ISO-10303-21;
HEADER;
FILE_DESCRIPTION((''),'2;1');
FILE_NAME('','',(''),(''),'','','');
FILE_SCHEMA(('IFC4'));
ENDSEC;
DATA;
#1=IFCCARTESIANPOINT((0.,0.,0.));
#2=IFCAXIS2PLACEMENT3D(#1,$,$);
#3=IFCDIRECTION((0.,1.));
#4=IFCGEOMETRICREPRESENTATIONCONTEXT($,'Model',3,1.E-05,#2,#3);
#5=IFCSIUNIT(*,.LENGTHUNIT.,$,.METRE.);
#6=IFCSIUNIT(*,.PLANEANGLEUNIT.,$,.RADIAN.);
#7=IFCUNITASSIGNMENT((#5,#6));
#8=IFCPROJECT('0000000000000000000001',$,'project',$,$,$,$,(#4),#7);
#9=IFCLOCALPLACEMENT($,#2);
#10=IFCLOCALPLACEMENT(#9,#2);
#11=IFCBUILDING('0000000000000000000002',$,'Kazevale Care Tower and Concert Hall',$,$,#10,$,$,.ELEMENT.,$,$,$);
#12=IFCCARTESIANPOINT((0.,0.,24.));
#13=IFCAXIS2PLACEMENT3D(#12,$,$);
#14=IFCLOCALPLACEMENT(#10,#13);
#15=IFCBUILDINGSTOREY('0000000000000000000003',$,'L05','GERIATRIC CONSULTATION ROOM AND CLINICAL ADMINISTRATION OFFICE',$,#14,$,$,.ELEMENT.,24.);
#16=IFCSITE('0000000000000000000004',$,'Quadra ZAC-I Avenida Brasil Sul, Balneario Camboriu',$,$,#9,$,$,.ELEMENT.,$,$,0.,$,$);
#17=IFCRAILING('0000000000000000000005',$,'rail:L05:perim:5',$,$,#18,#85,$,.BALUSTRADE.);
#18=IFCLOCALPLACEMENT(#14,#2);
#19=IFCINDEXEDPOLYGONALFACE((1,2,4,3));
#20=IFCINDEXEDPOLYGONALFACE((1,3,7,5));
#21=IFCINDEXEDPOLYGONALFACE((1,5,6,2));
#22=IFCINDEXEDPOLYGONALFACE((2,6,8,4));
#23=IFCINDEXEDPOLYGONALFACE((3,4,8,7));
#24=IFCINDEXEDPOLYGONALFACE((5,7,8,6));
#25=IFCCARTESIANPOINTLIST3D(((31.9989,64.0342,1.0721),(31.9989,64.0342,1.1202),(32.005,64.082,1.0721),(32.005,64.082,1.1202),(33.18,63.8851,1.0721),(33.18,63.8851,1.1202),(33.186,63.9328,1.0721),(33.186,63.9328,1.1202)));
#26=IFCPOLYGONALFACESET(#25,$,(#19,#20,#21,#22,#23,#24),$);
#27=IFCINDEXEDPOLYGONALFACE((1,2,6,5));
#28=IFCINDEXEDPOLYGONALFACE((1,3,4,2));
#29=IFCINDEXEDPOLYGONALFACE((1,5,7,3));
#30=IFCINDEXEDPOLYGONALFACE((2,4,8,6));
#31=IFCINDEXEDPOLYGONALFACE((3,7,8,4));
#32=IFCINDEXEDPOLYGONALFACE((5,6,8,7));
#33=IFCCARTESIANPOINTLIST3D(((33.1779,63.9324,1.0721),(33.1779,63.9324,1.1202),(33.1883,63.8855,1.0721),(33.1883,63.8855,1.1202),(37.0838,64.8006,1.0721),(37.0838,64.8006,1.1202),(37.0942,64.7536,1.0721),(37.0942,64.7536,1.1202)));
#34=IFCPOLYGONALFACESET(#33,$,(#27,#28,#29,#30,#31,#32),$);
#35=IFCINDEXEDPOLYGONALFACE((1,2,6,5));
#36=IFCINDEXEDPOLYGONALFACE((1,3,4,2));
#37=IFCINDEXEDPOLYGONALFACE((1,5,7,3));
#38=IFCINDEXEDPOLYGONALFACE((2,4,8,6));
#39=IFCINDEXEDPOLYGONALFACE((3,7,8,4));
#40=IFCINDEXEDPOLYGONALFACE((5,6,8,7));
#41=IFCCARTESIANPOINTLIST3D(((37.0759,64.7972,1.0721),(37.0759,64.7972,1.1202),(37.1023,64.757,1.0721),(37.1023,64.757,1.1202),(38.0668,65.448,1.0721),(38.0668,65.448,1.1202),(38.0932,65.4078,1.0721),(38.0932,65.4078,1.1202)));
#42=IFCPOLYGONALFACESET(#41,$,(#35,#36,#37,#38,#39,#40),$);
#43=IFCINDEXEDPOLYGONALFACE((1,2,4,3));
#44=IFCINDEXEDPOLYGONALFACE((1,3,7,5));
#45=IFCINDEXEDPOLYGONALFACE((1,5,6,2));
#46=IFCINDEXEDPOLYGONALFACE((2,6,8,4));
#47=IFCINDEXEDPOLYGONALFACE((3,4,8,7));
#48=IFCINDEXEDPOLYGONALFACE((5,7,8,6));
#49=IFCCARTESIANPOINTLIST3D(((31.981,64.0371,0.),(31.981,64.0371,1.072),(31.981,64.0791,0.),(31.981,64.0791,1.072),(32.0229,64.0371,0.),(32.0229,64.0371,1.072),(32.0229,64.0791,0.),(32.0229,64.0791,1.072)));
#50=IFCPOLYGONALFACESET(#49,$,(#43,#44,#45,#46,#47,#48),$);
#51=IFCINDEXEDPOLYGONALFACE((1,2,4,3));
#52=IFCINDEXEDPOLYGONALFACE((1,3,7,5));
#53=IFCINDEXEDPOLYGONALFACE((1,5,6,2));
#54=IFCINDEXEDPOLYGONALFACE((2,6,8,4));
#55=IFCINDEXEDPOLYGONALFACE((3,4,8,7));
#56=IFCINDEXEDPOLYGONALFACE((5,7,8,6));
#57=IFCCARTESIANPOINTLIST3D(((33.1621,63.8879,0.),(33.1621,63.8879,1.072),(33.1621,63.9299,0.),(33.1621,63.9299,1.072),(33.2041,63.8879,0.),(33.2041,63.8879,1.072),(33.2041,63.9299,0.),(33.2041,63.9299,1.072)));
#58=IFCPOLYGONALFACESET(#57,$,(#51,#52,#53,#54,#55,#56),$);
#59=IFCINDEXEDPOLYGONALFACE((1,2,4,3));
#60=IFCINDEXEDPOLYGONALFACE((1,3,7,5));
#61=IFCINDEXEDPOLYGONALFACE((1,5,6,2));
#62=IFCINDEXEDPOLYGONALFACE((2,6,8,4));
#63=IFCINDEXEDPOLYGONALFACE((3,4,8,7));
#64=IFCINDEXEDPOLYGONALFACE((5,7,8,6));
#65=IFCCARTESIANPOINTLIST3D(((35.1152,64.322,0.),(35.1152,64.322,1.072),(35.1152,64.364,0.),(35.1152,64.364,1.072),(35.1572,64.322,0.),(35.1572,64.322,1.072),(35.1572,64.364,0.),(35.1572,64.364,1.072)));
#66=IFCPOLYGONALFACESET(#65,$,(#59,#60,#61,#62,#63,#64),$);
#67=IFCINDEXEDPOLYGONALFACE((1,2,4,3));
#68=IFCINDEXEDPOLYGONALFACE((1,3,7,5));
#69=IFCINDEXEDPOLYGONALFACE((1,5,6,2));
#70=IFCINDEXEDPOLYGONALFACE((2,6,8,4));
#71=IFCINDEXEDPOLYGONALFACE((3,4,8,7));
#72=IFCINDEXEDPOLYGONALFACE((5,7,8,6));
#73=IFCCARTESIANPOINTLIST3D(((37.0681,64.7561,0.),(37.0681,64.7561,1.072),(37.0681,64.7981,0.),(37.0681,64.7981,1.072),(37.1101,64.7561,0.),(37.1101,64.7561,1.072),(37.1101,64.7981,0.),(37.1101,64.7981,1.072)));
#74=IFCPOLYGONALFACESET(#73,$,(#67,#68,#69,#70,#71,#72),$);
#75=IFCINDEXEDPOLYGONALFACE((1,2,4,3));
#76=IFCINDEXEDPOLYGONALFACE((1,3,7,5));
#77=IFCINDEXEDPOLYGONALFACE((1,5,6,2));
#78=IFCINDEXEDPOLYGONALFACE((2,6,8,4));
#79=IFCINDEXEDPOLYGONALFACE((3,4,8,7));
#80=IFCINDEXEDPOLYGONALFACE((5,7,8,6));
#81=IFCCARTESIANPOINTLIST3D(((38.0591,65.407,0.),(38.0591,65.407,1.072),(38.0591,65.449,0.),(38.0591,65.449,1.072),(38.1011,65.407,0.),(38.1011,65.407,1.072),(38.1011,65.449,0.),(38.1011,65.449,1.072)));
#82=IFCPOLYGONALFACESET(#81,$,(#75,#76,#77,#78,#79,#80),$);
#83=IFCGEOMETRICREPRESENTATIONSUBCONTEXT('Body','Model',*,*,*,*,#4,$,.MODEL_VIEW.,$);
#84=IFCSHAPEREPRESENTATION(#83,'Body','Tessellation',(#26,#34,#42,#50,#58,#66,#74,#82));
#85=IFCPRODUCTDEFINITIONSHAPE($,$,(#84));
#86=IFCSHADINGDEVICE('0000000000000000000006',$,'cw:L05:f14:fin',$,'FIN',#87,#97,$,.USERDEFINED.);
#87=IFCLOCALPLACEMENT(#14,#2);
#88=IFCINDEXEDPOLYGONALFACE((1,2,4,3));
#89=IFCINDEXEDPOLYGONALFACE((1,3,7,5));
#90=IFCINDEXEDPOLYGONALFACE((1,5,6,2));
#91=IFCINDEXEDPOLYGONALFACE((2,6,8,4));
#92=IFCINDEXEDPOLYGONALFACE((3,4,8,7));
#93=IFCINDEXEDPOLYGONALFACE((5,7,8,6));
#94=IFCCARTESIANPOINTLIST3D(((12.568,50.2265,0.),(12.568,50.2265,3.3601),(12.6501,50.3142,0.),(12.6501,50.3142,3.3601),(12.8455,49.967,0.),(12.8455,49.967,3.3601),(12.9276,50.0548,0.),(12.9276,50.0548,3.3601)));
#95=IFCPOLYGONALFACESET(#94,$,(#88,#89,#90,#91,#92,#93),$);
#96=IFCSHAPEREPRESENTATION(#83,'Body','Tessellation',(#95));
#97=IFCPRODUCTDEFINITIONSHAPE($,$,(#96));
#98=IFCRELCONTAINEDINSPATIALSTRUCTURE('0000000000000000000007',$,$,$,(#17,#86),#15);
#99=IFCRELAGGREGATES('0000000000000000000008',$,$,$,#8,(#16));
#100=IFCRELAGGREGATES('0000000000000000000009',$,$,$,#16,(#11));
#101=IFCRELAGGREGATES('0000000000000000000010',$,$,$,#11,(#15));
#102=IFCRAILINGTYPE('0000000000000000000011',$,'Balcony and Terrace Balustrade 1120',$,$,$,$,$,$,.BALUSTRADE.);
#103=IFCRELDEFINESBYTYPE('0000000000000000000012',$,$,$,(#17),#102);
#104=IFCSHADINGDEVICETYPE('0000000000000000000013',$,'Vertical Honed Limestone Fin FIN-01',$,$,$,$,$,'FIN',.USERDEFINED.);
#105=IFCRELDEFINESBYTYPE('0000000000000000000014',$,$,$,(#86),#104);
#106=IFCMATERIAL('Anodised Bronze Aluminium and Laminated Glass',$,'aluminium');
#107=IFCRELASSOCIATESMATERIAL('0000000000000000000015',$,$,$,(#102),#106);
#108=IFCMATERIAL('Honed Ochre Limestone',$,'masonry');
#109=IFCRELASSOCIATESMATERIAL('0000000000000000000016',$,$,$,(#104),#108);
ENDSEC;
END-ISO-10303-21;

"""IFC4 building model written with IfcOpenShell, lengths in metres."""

from ifc_helpers import new_model, si_unit, direction, frame, origin, origin_2d, place, context, subcontext, project, spatial, rectangle, extrude, material, type_object, element, save


model = new_model("IFC4")

# Units and contexts
model_context = context("Model", 3, precision=1e-05, world=origin(), true_north=direction((0.0, 1.0)))
body_context = subcontext(model_context, "Body", "Model", "MODEL_VIEW")
ifc_project = project(units=[si_unit("LENGTHUNIT", "METRE"), si_unit("PLANEANGLEUNIT", "RADIAN")], contexts=[model_context])

# Site, building, storey
site_placement = place(None, origin())
site = spatial("IfcSite", under=ifc_project, at=site_placement, Name="Quadra ZAC-I Avenida Brasil Sul, Balneario Camboriu", CompositionType="ELEMENT", RefElevation=0.0)
building_placement = place(site_placement, origin())
building = spatial("IfcBuilding", under=site, at=building_placement, Name="Kazevale Care Tower and Concert Hall", CompositionType="ELEMENT")
storey_placement = place(building_placement, frame((0.0, 0.0, 24.0)))
storey = spatial("IfcBuildingStorey", under=building, at=storey_placement, Name="L05", Description="GERIATRIC CONSULTATION ROOM AND CLINICAL ADMINISTRATION OFFICE", CompositionType="ELEMENT", Elevation=24.0)

# Railing
ifc_material_1 = material(Name="Anodised Bronze Aluminium and Laminated Glass", Category="aluminium")
railing_type = type_object("IfcRailingType", Name="Balcony and Terrace Balustrade 1120", PredefinedType="BALUSTRADE", material=ifc_material_1)
railing_1_placement = place(storey_placement, frame((32.002, 64.0581, 0.0)))
element("IfcRailing", 1, at=railing_1_placement, inside=storey, type_object=railing_type, Name="rail:L05:perim:5", PredefinedType="BALUSTRADE", context=body_context, shape_type="SweptSolid", body=[
    extrude(rectangle(XDim=0.0481, YDim=0.0481, at=origin_2d()), frame((0.0, 0.0, 1.0962), z_axis=(0.992119, -0.125297, 0.0), x_axis=(0.125297, 0.992119, 0.0)), (0.0, 0.0, 1.0), 1.1904),
    extrude(rectangle(XDim=0.0481, YDim=0.0481, at=origin_2d()), frame((1.1812, -0.1492, 1.0962), z_axis=(0.976178, 0.216969, 0.0), x_axis=(-0.216969, 0.976178, 0.0)), (0.0, 0.0, 1.0), 4.0012),
    extrude(rectangle(XDim=0.0481, YDim=0.0481, at=origin_2d()), frame((5.0872, 0.719, 1.0962), z_axis=(0.835832, 0.548985, 0.0), x_axis=(-0.548985, 0.835832, 0.0)), (0.0, 0.0, 1.0), 1.1855),
    extrude(rectangle(XDim=0.042, YDim=0.042, at=origin_2d()), origin(), (0.0, 0.0, 1.0), 1.072),
    extrude(rectangle(XDim=0.042, YDim=0.042, at=origin_2d()), frame((1.1812, -0.1492, 0.0)), (0.0, 0.0, 1.0), 1.072),
    extrude(rectangle(XDim=0.042, YDim=0.042, at=origin_2d()), frame((3.1343, 0.2849, 0.0)), (0.0, 0.0, 1.0), 1.072),
    extrude(rectangle(XDim=0.042, YDim=0.042, at=origin_2d()), frame((5.0872, 0.719, 0.0)), (0.0, 0.0, 1.0), 1.072),
    extrude(rectangle(XDim=0.042, YDim=0.042, at=origin_2d()), frame((6.0781, 1.3699, 0.0)), (0.0, 0.0, 1.0), 1.072),
])

# Shading device
ifc_material_2 = material(Name="Honed Ochre Limestone", Category="masonry")
shading_device_type = type_object("IfcShadingDeviceType", Name="Vertical Honed Limestone Fin FIN-01", ElementType="FIN", PredefinedType="USERDEFINED", material=ifc_material_2)
shading_device_placement = place(storey_placement, frame((12.7478, 50.1406, 0.0), z_axis=(0.0, 0.0, 1.0), x_axis=(-0.730401, 0.683019, 0.0)))
element("IfcShadingDevice", 2, at=shading_device_placement, inside=storey, type_object=shading_device_type, Name="cw:L05:f14:fin", ObjectType="FIN", PredefinedType="USERDEFINED", context=body_context, shape_type="SweptSolid", body=[
    extrude(rectangle(XDim=0.3799, YDim=0.1201, at=origin_2d()), origin(), (0.0, 0.0, 1.0), 3.3601),
])

save(model, "model.ifc")
